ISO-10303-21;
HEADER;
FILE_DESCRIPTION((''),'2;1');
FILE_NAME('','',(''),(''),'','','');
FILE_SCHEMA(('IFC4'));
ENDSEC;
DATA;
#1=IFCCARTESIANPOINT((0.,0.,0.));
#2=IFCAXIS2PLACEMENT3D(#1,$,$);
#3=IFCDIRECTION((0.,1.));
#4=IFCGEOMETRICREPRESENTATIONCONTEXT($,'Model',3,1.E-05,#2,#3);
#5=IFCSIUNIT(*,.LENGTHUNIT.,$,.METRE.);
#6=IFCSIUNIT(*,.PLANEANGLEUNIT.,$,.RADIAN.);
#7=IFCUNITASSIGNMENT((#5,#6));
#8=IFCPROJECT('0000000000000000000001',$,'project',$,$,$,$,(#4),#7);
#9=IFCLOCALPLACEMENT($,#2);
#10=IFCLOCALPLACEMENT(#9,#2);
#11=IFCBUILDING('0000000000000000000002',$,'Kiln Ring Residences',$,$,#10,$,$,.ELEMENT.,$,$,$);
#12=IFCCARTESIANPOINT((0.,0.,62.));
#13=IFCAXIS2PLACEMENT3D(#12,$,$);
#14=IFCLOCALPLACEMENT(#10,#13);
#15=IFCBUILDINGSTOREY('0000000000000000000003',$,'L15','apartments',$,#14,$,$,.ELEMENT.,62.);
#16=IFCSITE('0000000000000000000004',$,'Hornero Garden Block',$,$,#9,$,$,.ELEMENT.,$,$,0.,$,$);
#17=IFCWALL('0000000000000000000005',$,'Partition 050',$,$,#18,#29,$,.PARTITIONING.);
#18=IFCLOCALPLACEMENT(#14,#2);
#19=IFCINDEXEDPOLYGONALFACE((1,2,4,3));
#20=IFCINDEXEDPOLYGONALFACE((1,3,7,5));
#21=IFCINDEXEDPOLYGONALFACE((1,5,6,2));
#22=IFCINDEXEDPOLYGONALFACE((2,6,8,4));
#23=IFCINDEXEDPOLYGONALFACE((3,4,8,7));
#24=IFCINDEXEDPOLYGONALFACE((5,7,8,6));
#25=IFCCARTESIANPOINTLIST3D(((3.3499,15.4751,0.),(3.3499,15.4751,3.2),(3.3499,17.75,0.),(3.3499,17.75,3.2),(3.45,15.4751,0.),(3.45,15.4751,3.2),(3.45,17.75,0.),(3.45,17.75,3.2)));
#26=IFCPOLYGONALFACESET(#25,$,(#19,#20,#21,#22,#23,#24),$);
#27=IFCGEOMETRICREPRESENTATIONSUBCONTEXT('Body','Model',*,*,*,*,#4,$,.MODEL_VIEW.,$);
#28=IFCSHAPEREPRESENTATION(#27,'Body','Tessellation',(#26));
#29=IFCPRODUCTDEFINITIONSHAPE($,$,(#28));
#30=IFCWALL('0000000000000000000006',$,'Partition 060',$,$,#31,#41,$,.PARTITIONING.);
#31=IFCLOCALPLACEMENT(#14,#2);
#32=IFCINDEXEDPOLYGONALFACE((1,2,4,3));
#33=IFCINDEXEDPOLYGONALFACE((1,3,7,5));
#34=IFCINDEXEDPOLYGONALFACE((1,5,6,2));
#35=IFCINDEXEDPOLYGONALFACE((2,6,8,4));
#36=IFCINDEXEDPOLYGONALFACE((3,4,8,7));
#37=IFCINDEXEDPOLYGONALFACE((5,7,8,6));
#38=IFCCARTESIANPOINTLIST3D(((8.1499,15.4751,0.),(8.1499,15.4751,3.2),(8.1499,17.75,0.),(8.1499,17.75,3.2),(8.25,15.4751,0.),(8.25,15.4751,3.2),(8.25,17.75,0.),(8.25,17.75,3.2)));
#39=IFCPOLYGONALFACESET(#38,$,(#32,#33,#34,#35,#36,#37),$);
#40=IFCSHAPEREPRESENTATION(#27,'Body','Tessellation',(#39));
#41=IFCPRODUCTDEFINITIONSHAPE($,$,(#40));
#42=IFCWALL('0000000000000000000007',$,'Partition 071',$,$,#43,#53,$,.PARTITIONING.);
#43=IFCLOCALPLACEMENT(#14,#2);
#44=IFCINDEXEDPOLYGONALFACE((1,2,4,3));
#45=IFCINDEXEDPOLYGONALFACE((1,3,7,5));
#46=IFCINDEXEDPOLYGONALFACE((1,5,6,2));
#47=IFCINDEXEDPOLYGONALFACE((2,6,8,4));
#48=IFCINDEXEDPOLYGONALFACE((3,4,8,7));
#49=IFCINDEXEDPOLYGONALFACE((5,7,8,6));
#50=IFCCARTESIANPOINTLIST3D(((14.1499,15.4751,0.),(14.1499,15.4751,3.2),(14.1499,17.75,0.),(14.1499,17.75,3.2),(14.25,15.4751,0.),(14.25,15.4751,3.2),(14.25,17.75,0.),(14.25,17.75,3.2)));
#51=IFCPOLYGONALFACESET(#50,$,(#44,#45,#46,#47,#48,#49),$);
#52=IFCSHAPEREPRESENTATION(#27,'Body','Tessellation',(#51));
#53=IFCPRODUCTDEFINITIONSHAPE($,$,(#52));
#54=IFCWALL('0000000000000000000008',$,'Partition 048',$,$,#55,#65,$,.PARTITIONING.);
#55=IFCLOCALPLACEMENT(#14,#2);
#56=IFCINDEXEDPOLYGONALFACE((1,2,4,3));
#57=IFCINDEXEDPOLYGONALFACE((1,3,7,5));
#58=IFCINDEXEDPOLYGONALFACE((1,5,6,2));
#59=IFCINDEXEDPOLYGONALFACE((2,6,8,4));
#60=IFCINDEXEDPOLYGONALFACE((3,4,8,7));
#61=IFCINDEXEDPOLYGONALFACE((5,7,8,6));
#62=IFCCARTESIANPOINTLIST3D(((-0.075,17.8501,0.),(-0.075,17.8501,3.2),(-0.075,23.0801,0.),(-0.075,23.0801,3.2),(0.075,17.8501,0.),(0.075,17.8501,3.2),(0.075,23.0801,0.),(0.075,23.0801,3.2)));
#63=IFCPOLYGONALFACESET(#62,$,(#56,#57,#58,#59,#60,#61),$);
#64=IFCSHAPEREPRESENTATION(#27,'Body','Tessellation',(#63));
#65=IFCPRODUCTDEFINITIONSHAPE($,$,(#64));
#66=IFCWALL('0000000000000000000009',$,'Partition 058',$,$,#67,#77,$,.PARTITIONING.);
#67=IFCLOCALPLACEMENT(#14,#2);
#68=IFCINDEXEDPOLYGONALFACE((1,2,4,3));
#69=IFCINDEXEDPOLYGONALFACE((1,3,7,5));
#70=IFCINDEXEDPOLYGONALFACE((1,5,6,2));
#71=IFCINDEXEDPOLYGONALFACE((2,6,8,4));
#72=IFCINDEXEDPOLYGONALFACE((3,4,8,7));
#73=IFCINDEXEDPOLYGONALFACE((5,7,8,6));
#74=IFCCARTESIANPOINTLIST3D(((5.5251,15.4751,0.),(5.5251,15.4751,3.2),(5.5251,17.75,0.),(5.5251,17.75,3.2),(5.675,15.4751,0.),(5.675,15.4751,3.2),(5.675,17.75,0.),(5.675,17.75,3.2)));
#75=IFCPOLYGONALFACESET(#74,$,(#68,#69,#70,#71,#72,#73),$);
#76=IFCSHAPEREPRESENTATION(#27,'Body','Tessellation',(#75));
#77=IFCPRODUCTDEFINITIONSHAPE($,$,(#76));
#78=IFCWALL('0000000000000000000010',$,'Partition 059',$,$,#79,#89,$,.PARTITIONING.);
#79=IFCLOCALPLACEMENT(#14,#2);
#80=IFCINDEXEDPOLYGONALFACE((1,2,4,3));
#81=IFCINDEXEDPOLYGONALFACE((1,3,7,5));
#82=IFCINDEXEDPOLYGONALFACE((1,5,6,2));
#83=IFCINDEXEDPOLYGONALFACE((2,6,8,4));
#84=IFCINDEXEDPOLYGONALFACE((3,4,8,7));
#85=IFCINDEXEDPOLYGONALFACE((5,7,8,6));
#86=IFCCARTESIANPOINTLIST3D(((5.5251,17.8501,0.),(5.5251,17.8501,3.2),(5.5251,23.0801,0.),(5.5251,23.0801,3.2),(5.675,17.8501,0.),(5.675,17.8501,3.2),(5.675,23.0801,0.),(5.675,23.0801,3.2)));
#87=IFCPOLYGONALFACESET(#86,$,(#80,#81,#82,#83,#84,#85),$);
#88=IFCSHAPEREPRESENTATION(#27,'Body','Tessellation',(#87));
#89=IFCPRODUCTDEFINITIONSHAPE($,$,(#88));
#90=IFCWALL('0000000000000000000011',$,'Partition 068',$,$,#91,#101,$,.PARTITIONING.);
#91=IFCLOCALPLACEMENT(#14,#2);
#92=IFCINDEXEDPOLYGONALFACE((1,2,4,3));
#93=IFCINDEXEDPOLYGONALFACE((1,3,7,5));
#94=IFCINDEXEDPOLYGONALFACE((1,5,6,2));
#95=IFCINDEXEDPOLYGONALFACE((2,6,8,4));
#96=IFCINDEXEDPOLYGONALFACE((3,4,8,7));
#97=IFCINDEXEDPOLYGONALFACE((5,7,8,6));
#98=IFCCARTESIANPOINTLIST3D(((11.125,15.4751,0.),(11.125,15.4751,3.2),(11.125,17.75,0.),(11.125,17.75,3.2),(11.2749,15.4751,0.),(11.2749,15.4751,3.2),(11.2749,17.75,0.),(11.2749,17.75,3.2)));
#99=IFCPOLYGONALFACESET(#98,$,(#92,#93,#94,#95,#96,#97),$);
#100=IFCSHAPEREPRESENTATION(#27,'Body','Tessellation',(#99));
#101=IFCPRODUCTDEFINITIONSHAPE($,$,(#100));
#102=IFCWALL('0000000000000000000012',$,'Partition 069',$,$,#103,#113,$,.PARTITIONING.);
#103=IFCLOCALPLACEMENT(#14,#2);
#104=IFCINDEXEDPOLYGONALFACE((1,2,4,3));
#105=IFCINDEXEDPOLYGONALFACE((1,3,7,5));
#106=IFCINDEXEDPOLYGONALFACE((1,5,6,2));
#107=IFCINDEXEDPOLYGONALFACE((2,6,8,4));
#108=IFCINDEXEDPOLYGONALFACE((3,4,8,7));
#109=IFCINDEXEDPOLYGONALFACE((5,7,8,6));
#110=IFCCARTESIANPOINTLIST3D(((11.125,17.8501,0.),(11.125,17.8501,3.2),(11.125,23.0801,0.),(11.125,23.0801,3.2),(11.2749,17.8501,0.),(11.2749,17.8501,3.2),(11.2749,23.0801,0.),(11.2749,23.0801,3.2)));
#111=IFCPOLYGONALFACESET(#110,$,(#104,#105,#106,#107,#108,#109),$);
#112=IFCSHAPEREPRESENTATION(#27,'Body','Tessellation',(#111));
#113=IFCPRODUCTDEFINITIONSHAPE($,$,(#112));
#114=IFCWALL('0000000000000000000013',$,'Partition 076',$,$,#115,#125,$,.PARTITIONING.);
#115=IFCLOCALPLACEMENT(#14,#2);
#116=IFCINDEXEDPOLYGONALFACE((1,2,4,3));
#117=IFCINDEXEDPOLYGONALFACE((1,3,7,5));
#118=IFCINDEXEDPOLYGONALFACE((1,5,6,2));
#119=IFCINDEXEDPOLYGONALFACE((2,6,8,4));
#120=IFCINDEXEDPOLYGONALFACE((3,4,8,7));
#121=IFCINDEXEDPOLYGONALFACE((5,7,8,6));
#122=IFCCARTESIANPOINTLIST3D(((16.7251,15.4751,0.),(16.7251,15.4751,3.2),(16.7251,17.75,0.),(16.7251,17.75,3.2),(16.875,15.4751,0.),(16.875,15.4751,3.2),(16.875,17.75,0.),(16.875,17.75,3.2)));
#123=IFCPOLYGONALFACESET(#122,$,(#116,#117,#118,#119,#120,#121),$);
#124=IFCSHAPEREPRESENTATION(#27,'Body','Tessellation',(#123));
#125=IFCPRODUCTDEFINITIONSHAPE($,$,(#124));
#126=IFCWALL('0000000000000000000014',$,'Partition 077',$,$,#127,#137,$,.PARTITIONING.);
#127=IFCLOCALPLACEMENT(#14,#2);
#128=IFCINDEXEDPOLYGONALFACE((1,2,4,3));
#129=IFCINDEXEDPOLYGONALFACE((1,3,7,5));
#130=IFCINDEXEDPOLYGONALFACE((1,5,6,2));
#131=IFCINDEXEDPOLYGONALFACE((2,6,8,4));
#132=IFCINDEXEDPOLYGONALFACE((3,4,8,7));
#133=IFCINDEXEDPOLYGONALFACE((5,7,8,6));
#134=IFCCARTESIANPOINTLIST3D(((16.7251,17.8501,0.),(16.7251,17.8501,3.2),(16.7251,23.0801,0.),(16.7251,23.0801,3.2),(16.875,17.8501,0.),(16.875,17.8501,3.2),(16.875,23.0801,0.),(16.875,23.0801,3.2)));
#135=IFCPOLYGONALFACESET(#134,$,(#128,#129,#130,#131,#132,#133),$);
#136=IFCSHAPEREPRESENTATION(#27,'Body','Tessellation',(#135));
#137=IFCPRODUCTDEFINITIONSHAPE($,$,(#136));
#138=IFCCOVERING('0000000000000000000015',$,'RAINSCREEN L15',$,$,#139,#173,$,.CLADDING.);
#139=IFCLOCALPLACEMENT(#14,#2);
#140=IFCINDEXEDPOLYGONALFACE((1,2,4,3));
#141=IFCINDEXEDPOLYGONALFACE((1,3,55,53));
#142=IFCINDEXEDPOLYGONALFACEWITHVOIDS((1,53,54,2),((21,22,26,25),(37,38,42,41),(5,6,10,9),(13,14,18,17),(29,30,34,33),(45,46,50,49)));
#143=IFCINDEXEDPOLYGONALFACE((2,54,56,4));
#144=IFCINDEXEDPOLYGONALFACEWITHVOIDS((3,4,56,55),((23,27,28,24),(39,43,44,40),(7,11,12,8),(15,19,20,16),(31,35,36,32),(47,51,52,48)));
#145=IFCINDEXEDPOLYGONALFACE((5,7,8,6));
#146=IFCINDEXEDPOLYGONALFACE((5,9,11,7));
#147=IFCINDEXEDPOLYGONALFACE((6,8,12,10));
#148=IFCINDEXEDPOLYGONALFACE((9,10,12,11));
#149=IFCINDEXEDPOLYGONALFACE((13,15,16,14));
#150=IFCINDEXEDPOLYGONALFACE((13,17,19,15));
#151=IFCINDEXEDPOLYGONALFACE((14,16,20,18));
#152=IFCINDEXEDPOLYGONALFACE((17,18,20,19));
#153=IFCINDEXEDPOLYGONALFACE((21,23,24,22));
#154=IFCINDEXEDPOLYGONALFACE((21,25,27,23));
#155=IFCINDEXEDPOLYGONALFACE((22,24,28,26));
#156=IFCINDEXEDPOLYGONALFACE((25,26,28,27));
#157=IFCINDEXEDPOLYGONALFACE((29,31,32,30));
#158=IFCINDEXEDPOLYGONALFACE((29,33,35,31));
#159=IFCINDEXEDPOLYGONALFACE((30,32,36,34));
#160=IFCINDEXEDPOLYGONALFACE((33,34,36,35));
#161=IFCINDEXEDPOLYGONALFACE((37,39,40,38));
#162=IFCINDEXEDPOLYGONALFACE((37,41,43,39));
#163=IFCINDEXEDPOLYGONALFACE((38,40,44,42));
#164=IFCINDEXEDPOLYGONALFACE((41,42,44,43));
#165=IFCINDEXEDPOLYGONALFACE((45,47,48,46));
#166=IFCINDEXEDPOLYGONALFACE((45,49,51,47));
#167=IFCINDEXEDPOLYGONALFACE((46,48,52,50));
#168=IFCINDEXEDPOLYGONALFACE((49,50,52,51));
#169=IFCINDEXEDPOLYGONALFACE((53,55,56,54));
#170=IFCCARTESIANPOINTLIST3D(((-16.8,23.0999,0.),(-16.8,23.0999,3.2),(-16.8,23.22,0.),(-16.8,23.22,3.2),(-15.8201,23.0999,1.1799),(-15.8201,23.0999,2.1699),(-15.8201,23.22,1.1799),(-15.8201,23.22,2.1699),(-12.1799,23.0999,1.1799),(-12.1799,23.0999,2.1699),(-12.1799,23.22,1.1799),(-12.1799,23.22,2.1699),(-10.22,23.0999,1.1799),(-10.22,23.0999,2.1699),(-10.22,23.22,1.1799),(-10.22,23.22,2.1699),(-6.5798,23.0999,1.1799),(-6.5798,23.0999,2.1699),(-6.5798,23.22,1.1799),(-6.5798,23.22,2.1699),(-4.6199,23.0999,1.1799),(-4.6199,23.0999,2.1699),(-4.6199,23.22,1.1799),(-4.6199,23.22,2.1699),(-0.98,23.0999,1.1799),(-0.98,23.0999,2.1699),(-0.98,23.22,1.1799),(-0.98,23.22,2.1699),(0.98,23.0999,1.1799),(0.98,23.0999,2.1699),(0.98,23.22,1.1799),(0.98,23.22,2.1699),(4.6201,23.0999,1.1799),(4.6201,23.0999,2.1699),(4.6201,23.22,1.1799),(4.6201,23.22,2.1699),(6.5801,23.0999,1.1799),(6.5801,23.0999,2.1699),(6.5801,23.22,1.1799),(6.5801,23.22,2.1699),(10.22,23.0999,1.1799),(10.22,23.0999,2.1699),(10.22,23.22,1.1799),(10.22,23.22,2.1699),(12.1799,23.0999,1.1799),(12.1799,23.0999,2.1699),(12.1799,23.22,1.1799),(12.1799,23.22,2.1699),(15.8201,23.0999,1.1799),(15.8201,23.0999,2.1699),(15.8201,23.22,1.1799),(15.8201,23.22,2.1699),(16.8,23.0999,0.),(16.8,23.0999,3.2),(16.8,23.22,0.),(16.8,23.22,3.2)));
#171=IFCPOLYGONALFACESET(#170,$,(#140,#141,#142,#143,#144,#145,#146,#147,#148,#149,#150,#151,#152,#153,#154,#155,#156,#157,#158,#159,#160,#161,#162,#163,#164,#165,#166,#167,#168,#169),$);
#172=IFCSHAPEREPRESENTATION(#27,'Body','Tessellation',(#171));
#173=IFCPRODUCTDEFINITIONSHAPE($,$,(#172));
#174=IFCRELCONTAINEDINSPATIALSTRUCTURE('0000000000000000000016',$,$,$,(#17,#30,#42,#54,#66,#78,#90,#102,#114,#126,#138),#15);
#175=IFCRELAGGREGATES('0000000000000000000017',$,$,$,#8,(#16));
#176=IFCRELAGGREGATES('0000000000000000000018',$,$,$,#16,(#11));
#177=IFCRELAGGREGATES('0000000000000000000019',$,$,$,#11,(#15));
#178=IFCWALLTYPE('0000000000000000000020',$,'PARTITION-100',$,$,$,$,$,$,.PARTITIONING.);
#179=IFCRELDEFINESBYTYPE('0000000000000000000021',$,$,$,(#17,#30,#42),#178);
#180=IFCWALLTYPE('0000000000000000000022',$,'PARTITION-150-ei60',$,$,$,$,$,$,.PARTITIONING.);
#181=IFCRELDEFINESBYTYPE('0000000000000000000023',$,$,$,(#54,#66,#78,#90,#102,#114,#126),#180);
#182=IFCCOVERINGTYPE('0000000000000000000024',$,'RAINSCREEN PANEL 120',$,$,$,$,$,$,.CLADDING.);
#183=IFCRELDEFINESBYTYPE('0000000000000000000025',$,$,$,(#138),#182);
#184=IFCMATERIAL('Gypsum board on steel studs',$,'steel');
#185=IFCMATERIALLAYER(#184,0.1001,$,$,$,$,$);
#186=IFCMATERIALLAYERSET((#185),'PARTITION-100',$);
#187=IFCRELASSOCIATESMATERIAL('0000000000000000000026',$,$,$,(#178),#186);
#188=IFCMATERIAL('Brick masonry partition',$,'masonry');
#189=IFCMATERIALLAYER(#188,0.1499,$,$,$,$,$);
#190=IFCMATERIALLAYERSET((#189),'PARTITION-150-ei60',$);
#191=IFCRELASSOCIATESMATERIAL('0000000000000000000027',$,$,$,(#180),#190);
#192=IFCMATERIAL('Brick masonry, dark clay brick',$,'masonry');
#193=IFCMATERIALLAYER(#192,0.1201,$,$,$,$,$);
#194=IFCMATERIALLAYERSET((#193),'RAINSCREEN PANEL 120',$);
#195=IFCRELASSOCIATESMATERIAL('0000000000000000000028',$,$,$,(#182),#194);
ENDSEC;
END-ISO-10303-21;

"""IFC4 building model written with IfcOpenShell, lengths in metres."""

from ifc_helpers import new_model, si_unit, direction, frame, frame_2d, origin, place, context, subcontext, project, spatial, polyline, rectangle, outline, extrude, material, layer, layer_set, type_object, element, save


model = new_model("IFC4")

# Units and contexts
model_context = context("Model", 3, precision=1e-05, world=origin(), true_north=direction((0.0, 1.0)))
body_context = subcontext(model_context, "Body", "Model", "MODEL_VIEW")
ifc_project = project(units=[si_unit("LENGTHUNIT", "METRE"), si_unit("PLANEANGLEUNIT", "RADIAN")], contexts=[model_context])

# Site, building, storey
site_placement = place(None, origin())
site = spatial("IfcSite", under=ifc_project, at=site_placement, Name="Hornero Garden Block", CompositionType="ELEMENT", RefElevation=0.0)
building_placement = place(site_placement, origin())
building = spatial("IfcBuilding", under=site, at=building_placement, Name="Kiln Ring Residences", CompositionType="ELEMENT")
storey_placement = place(building_placement, frame((0.0, 0.0, 62.0)))
storey = spatial("IfcBuildingStorey", under=building, at=storey_placement, Name="L15", Description="apartments", CompositionType="ELEMENT", Elevation=62.0)

# Walls
ifc_material_1 = material(Name="Gypsum board on steel studs", Category="steel")
ifc_layer_1 = layer(ifc_material_1, 0.1001)
ifc_layer_set_1 = layer_set([ifc_layer_1], Name="PARTITION-100")
wall_type_1 = type_object("IfcWallType", Name="PARTITION-100", PredefinedType="PARTITIONING", material=ifc_layer_set_1)
for number, where, z_axis, x_axis, name in (
    (1, (3.3999, 15.4751, 0.0), (0.0, 0.0, 1.0), (0.0, 1.0, 0.0), "Partition 050"),
    (2, (8.2, 15.4751, 0.0), (0.0, 0.0, 1.0), (0.0, 1.0, 0.0), "Partition 060"),
    (3, (14.2, 15.4751, 0.0), (0.0, 0.0, 1.0), (0.0, 1.0, 0.0), "Partition 071"),
):
    element("IfcWall", number, at=place(storey_placement, frame(where, z_axis=z_axis, x_axis=x_axis)), inside=storey, type_object=wall_type_1, Name=name, PredefinedType="PARTITIONING", context=body_context, shape_type="SweptSolid", body=[
        extrude(rectangle(XDim=2.2749, YDim=0.1001, at=frame_2d((1.1375, 0.0))), origin(), (0.0, 0.0, 1.0), 3.2),
    ])
ifc_material_2 = material(Name="Brick masonry partition", Category="masonry")
ifc_layer_2 = layer(ifc_material_2, 0.1499)
ifc_layer_set_2 = layer_set([ifc_layer_2], Name="PARTITION-150-ei60")
wall_type_2 = type_object("IfcWallType", Name="PARTITION-150-ei60", PredefinedType="PARTITIONING", material=ifc_layer_set_2)
wall_1_placement = place(storey_placement, frame((0.0, 17.8501, 0.0), z_axis=(0.0, 0.0, 1.0), x_axis=(0.0, 1.0, 0.0)))
element("IfcWall", 4, at=wall_1_placement, inside=storey, type_object=wall_type_2, Name="Partition 048", PredefinedType="PARTITIONING", context=body_context, shape_type="SweptSolid", body=[
    extrude(rectangle(XDim=5.23, YDim=0.1499, at=frame_2d((2.615, 0.0))), origin(), (0.0, 0.0, 1.0), 3.2),
])
wall_2_placement = place(storey_placement, frame((5.6001, 15.4751, 0.0), z_axis=(0.0, 0.0, 1.0), x_axis=(0.0, 1.0, 0.0)))
element("IfcWall", 5, at=wall_2_placement, inside=storey, type_object=wall_type_2, Name="Partition 058", PredefinedType="PARTITIONING", context=body_context, shape_type="SweptSolid", body=[
    extrude(rectangle(XDim=2.2749, YDim=0.1499, at=frame_2d((1.1375, 0.0))), origin(), (0.0, 0.0, 1.0), 3.2),
])
wall_3_placement = place(storey_placement, frame((5.6001, 17.8501, 0.0), z_axis=(0.0, 0.0, 1.0), x_axis=(0.0, 1.0, 0.0)))
element("IfcWall", 6, at=wall_3_placement, inside=storey, type_object=wall_type_2, Name="Partition 059", PredefinedType="PARTITIONING", context=body_context, shape_type="SweptSolid", body=[
    extrude(rectangle(XDim=5.23, YDim=0.1499, at=frame_2d((2.615, 0.0))), origin(), (0.0, 0.0, 1.0), 3.2),
])
wall_4_placement = place(storey_placement, frame((11.2, 15.4751, 0.0), z_axis=(0.0, 0.0, 1.0), x_axis=(0.0, 1.0, 0.0)))
element("IfcWall", 7, at=wall_4_placement, inside=storey, type_object=wall_type_2, Name="Partition 068", PredefinedType="PARTITIONING", context=body_context, shape_type="SweptSolid", body=[
    extrude(rectangle(XDim=2.2749, YDim=0.1499, at=frame_2d((1.1375, 0.0))), origin(), (0.0, 0.0, 1.0), 3.2),
])
wall_5_placement = place(storey_placement, frame((11.2, 17.8501, 0.0), z_axis=(0.0, 0.0, 1.0), x_axis=(0.0, 1.0, 0.0)))
element("IfcWall", 8, at=wall_5_placement, inside=storey, type_object=wall_type_2, Name="Partition 069", PredefinedType="PARTITIONING", context=body_context, shape_type="SweptSolid", body=[
    extrude(rectangle(XDim=5.23, YDim=0.1499, at=frame_2d((2.615, 0.0))), origin(), (0.0, 0.0, 1.0), 3.2),
])
wall_6_placement = place(storey_placement, frame((16.8, 15.4751, 0.0), z_axis=(0.0, 0.0, 1.0), x_axis=(0.0, 1.0, 0.0)))
element("IfcWall", 9, at=wall_6_placement, inside=storey, type_object=wall_type_2, Name="Partition 076", PredefinedType="PARTITIONING", context=body_context, shape_type="SweptSolid", body=[
    extrude(rectangle(XDim=2.2749, YDim=0.1499, at=frame_2d((1.1375, 0.0))), origin(), (0.0, 0.0, 1.0), 3.2),
])
wall_7_placement = place(storey_placement, frame((16.8, 17.8501, 0.0), z_axis=(0.0, 0.0, 1.0), x_axis=(0.0, 1.0, 0.0)))
element("IfcWall", 10, at=wall_7_placement, inside=storey, type_object=wall_type_2, Name="Partition 077", PredefinedType="PARTITIONING", context=body_context, shape_type="SweptSolid", body=[
    extrude(rectangle(XDim=5.23, YDim=0.1499, at=frame_2d((2.615, 0.0))), origin(), (0.0, 0.0, 1.0), 3.2),
])

# Covering
ifc_material_3 = material(Name="Brick masonry, dark clay brick", Category="masonry")
ifc_layer_3 = layer(ifc_material_3, 0.1201)
ifc_layer_set_3 = layer_set([ifc_layer_3], Name="RAINSCREEN PANEL 120")
covering_type = type_object("IfcCoveringType", Name="RAINSCREEN PANEL 120", PredefinedType="CLADDING", material=ifc_layer_set_3)
covering_placement = place(storey_placement, frame((16.8, 23.1599, 0.0), z_axis=(0.0, 0.0, 1.0), x_axis=(-1.0, 0.0, 0.0)))
element("IfcCovering", 11, at=covering_placement, inside=storey, type_object=covering_type, Name="RAINSCREEN L15", PredefinedType="CLADDING", context=body_context, shape_type="SweptSolid", body=[
    extrude(outline(polyline([(0.0, 0.0), (33.6001, 0.0), (33.6001, 3.2), (0.0, 3.2), (0.0, 0.0)]), holes=[polyline([(4.6201, 1.1799), (4.6201, 2.1699), (0.98, 2.1699), (0.98, 1.1799), (4.6201, 1.1799)]), polyline([(6.5801, 1.1799), (10.22, 1.1799), (10.22, 2.1699), (6.5801, 2.1699), (6.5801, 1.1799)]), polyline([(12.1799, 1.1799), (15.8201, 1.1799), (15.8201, 2.1699), (12.1799, 2.1699), (12.1799, 1.1799)]), polyline([(21.4199, 1.1799), (21.4199, 2.1699), (17.78, 2.1699), (17.78, 1.1799), (21.4199, 1.1799)]), polyline([(23.3799, 1.1799), (27.02, 1.1799), (27.02, 2.1699), (23.3799, 2.1699), (23.3799, 1.1799)]), polyline([(28.98, 1.1799), (32.6201, 1.1799), (32.6201, 2.1699), (28.98, 2.1699), (28.98, 1.1799)])]), frame((0.0, 0.0601, 0.0), z_axis=(0.0, -1.0, 0.0), x_axis=(1.0, 0.0, 0.0)), (0.0, 0.0, 1.0), 0.1201),
])

save(model, "model.ifc")
